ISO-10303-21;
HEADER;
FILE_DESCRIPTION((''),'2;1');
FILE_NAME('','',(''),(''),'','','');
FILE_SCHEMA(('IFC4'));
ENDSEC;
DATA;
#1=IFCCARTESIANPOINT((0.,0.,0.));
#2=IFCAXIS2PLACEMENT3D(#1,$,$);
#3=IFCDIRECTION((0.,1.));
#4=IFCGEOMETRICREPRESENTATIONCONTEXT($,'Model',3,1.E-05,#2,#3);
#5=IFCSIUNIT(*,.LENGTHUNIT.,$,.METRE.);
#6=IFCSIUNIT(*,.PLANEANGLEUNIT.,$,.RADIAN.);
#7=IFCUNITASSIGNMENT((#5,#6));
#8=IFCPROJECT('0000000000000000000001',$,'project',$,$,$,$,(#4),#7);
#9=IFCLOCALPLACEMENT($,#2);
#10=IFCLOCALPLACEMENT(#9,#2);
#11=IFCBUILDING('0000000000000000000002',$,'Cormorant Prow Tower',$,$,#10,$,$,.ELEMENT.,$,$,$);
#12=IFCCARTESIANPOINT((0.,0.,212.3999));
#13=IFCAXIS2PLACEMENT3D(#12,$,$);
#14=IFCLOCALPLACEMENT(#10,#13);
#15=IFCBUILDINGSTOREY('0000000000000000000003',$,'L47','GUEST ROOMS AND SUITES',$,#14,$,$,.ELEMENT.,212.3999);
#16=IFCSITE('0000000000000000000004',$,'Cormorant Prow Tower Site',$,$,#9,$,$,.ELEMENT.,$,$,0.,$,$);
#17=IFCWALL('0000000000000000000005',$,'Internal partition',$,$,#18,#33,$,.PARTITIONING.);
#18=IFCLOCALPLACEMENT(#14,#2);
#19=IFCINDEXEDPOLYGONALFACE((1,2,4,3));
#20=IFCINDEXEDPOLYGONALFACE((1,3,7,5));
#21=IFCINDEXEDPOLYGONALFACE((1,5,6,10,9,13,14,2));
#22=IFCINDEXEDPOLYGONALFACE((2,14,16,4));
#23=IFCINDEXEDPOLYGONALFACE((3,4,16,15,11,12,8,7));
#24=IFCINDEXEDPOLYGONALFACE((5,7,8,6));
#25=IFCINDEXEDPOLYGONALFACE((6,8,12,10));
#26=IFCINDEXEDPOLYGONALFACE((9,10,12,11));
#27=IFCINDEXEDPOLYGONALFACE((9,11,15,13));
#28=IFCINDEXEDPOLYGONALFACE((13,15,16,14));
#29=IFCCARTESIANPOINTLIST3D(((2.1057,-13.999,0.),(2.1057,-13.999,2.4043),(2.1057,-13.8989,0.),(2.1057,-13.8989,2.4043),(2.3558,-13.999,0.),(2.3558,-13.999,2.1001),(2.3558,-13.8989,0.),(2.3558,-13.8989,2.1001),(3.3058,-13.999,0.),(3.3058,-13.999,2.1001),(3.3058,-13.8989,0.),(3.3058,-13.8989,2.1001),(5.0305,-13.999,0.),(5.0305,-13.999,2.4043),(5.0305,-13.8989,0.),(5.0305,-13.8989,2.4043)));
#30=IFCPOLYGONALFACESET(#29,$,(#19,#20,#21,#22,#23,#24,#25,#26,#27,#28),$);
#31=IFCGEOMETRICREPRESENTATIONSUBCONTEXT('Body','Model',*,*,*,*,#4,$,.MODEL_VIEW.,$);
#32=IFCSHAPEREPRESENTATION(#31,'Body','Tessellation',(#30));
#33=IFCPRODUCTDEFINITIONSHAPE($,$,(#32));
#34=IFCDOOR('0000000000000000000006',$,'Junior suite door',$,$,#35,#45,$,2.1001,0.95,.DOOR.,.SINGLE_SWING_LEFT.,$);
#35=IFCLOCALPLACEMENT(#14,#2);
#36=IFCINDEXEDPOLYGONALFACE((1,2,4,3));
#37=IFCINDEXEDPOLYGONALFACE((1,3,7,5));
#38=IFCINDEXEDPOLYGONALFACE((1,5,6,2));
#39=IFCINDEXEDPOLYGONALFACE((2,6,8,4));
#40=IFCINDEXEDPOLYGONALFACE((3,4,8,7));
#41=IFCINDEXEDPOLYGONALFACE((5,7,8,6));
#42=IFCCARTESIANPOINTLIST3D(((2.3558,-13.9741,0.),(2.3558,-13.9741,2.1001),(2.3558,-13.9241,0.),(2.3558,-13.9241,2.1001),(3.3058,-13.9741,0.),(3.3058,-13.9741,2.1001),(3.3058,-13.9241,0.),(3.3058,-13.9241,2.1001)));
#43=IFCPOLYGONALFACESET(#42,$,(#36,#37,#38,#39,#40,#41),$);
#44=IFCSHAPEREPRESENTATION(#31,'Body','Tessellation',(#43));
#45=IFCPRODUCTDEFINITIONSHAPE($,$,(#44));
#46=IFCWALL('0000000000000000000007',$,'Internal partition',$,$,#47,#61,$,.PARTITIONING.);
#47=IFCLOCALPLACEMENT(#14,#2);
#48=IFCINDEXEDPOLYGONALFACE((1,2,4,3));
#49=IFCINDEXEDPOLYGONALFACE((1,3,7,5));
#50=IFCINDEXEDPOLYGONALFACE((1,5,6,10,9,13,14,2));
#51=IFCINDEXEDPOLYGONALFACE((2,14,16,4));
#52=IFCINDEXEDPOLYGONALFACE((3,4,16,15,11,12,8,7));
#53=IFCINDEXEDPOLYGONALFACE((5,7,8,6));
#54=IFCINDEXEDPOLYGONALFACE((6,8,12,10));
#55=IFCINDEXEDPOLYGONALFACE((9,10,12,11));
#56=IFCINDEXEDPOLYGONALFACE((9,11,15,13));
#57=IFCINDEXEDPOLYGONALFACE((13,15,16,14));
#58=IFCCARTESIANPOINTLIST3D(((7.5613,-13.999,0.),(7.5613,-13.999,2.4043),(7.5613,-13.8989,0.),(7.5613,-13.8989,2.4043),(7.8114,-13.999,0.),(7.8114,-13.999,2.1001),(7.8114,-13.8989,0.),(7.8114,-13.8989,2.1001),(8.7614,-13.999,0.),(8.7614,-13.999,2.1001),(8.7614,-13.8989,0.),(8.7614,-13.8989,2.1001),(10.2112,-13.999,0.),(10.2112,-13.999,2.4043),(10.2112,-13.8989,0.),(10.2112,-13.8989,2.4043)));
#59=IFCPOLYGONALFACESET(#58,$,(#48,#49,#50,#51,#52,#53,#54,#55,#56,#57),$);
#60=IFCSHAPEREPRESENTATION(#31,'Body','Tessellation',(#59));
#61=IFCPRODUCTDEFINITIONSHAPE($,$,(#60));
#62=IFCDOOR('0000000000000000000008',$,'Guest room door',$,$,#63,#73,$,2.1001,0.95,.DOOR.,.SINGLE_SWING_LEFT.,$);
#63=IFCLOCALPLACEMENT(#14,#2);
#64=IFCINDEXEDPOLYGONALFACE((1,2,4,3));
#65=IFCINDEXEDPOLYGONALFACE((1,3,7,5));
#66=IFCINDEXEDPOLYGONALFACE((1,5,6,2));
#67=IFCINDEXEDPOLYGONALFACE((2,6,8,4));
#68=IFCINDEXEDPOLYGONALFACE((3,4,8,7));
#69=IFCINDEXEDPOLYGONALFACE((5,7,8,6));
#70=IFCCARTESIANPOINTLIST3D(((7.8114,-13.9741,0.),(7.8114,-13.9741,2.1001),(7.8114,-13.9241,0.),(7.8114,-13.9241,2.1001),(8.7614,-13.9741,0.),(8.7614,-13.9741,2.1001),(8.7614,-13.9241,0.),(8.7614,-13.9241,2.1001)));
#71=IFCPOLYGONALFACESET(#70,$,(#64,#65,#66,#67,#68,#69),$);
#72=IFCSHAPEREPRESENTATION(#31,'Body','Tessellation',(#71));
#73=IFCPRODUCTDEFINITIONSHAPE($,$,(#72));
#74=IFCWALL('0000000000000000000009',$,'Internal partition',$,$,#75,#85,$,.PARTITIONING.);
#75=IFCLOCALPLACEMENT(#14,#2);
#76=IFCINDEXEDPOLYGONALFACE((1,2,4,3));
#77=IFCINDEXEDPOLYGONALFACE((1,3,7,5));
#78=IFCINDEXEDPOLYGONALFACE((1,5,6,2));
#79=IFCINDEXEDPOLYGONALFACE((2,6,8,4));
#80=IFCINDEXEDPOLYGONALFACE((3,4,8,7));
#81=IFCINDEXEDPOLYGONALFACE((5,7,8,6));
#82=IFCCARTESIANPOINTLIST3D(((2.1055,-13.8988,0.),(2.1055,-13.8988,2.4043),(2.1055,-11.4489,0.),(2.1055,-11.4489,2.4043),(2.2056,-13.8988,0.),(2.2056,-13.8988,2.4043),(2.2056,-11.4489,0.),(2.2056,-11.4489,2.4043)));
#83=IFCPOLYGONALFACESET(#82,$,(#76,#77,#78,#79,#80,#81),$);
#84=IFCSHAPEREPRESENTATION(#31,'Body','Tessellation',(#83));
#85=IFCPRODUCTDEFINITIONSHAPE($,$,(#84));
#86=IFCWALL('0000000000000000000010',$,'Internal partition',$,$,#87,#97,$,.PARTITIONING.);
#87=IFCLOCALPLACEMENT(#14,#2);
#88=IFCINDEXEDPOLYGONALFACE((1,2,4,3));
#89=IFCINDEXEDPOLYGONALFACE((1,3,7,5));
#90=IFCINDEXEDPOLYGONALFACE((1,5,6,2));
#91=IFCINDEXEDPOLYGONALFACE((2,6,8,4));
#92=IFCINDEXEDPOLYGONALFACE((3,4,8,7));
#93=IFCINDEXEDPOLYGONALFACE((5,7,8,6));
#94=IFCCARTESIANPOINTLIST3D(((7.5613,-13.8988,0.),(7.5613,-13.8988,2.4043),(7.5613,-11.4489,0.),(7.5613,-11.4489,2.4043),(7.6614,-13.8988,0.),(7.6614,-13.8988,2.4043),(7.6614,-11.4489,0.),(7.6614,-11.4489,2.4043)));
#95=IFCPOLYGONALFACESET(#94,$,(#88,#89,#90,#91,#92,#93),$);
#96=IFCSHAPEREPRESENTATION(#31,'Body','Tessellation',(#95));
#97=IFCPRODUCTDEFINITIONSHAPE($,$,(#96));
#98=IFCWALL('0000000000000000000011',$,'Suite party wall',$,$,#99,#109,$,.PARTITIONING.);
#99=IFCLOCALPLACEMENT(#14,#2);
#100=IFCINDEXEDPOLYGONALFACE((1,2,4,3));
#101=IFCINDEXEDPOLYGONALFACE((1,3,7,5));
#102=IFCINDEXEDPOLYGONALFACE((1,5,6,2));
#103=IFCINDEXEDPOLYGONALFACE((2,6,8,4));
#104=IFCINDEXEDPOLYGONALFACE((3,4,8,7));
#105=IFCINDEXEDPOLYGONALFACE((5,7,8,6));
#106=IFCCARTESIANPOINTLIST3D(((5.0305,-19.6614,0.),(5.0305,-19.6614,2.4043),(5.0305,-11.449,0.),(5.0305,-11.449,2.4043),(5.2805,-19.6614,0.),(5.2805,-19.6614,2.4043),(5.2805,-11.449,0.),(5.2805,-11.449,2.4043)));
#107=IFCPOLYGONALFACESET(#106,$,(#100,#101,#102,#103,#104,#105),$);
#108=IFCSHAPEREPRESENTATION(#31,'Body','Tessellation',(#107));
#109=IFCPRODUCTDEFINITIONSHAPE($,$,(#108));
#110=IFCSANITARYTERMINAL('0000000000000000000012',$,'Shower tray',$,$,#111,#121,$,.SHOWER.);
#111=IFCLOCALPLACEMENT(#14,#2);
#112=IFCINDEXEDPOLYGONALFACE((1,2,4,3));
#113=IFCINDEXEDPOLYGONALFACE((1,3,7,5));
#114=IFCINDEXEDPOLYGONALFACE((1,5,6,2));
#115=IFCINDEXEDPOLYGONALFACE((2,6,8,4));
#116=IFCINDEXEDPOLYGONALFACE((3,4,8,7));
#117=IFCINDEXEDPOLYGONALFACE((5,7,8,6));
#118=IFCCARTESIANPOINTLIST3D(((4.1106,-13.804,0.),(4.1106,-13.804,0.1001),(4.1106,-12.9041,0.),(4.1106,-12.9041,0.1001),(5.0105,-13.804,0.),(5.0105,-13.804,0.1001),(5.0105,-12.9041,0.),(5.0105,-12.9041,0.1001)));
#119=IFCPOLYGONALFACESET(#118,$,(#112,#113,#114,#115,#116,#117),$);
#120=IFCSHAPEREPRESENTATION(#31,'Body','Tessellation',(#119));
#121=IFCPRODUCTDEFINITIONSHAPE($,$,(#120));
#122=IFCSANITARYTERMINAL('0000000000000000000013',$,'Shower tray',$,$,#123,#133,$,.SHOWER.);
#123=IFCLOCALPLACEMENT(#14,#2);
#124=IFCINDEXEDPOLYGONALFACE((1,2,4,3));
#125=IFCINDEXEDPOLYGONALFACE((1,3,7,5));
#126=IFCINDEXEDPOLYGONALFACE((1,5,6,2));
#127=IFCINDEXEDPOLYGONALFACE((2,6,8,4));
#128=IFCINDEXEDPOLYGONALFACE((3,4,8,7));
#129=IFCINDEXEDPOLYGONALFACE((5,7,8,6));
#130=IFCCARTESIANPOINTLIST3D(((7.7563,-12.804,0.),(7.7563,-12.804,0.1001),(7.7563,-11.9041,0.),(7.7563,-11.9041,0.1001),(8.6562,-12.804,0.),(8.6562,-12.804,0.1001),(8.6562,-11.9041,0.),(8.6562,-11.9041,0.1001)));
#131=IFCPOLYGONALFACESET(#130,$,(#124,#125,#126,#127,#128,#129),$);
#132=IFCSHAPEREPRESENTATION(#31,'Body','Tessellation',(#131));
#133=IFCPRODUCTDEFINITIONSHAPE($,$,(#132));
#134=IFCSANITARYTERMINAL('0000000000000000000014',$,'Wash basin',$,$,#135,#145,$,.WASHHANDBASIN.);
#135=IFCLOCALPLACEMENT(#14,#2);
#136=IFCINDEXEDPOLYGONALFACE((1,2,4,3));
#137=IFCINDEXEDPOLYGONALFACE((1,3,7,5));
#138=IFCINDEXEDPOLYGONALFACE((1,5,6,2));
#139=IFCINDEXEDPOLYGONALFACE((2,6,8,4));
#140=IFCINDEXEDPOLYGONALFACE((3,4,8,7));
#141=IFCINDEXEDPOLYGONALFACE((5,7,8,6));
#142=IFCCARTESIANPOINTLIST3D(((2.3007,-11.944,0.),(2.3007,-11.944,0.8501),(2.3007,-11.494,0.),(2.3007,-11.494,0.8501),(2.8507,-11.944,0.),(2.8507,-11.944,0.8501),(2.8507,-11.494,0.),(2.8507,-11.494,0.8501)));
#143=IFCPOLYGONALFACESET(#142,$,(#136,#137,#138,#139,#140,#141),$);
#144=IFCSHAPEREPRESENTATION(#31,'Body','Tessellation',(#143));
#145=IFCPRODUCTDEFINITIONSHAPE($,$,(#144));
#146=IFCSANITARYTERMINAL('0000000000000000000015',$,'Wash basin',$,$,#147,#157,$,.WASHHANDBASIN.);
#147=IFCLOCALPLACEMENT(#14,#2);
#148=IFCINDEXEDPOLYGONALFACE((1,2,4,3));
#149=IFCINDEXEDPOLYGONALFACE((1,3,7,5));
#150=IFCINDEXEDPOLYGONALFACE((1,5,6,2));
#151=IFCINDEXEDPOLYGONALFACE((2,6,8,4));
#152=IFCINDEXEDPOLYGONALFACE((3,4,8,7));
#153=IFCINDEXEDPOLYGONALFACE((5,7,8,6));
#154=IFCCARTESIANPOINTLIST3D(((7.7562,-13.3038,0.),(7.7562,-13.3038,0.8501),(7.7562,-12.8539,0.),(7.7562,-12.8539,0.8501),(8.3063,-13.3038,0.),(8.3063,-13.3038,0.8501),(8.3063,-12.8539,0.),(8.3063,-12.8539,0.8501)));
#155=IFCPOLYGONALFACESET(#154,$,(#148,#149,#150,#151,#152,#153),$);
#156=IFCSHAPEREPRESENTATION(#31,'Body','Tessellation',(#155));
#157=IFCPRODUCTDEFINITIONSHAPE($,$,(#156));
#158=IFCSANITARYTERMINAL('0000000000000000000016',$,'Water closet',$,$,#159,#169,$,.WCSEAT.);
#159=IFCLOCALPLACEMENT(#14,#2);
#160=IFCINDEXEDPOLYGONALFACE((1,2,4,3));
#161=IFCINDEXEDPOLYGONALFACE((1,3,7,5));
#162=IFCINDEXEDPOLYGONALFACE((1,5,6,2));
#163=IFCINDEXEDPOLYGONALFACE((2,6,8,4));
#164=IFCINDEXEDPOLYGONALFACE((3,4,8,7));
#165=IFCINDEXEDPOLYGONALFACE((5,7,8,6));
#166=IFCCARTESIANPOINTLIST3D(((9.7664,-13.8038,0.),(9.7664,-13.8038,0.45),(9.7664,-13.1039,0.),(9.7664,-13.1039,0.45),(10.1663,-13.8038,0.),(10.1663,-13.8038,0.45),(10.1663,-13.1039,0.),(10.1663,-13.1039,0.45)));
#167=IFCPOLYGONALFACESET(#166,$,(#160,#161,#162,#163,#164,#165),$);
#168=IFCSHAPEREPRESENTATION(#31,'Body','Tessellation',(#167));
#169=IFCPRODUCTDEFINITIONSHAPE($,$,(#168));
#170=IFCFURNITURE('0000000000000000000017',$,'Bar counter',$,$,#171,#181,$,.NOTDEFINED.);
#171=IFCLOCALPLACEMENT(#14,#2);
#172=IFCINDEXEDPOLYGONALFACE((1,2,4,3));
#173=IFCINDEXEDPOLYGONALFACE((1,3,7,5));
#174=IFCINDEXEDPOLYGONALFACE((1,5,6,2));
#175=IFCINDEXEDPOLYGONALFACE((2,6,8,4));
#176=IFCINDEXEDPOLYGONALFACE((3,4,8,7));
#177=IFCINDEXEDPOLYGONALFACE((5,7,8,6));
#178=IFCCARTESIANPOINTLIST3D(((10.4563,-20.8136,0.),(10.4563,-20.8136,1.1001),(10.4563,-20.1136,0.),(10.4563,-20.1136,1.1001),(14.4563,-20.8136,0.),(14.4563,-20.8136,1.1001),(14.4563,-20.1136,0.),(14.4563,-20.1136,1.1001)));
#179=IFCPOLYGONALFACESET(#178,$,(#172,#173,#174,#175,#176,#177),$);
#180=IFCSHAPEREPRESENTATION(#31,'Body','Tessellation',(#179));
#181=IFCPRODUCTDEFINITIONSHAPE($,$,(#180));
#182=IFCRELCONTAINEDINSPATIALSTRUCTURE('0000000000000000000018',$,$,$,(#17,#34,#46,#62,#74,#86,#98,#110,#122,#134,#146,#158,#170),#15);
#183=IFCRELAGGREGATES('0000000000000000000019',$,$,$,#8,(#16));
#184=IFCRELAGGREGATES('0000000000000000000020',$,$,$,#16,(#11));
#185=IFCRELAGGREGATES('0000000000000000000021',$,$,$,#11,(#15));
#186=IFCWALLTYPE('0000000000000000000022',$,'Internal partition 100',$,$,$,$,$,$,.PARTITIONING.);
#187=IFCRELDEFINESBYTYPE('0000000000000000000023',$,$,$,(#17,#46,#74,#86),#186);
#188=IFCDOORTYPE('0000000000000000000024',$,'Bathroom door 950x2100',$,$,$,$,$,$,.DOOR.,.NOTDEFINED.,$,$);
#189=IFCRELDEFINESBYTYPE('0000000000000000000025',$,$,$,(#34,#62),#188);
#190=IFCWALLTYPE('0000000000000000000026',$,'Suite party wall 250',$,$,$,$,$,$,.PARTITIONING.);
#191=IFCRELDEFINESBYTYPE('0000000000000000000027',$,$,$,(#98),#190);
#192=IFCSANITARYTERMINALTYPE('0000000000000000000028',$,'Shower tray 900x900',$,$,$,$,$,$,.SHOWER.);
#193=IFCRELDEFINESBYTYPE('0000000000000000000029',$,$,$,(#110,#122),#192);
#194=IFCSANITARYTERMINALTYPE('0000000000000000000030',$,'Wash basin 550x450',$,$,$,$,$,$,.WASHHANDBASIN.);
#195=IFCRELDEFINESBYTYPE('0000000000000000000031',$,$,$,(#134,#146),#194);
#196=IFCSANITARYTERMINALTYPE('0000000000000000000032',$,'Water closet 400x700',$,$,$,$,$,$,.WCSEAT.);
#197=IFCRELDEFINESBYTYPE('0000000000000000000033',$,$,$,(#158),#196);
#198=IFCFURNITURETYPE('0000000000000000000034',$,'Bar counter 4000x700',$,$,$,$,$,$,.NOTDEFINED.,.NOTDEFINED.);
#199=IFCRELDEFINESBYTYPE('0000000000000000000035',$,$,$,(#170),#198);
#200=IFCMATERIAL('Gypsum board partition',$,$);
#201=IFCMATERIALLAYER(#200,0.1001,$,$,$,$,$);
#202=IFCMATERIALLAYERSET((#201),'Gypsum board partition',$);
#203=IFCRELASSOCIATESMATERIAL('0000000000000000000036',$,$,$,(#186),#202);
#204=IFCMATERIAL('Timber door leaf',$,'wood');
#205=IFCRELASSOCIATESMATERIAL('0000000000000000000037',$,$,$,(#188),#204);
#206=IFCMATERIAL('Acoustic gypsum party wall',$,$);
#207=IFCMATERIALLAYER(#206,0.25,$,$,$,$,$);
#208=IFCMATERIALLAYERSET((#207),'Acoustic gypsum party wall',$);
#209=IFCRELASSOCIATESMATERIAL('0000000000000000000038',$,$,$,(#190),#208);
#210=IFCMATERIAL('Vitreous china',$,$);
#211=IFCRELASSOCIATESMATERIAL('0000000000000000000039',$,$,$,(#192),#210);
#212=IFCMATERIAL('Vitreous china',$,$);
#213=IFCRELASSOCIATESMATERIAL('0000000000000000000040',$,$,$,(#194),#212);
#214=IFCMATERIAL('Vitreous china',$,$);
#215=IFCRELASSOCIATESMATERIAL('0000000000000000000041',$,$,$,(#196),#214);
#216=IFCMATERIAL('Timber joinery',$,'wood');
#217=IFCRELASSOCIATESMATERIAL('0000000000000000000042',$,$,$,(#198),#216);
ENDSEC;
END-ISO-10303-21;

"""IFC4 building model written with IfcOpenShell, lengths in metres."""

from ifc_helpers import new_model, si_unit, direction, frame, frame_2d, origin, origin_2d, place, context, subcontext, project, spatial, rectangle, extrude, material, layer, layer_set, type_object, element, fill, save


model = new_model("IFC4")

# Units and contexts
model_context = context("Model", 3, precision=1e-05, world=origin(), true_north=direction((0.0, 1.0)))
body_context = subcontext(model_context, "Body", "Model", "MODEL_VIEW")
ifc_project = project(units=[si_unit("LENGTHUNIT", "METRE"), si_unit("PLANEANGLEUNIT", "RADIAN")], contexts=[model_context])

# Site, building, storey
site_placement = place(None, origin())
site = spatial("IfcSite", under=ifc_project, at=site_placement, Name="Cormorant Prow Tower Site", CompositionType="ELEMENT", RefElevation=0.0)
building_placement = place(site_placement, origin())
building = spatial("IfcBuilding", under=site, at=building_placement, Name="Cormorant Prow Tower", CompositionType="ELEMENT")
storey_placement = place(building_placement, frame((0.0, 0.0, 212.3999)))
storey = spatial("IfcBuildingStorey", under=building, at=storey_placement, Name="L47", Description="GUEST ROOMS AND SUITES", CompositionType="ELEMENT", Elevation=212.3999)

# Walls, openings, doors
ifc_material_1 = material(Name="Gypsum board partition")
ifc_layer_1 = layer(ifc_material_1, 0.1001)
ifc_layer_set_1 = layer_set([ifc_layer_1], Name="Gypsum board partition")
wall_type_1 = type_object("IfcWallType", Name="Internal partition 100", PredefinedType="PARTITIONING", material=ifc_layer_set_1)
wall_1_placement = place(storey_placement, frame((2.1057, -13.949, 0.0), z_axis=(0.0, 0.0, 1.0), x_axis=(1.0, 0.0, 0.0)))
wall_1 = element("IfcWall", 1, at=wall_1_placement, inside=storey, type_object=wall_type_1, Name="Internal partition", PredefinedType="PARTITIONING", context=body_context, shape_type="SweptSolid", body=[
    extrude(rectangle(XDim=2.9248, YDim=0.1001, at=frame_2d((1.4624, 0.0))), origin(), (0.0, 0.0, 1.0), 2.4043),
])
opening_1_placement = place(wall_1_placement, frame((0.25, 0.0, 0.0)))
opening_1 = element("IfcOpeningElement", 2, at=opening_1_placement, cuts=wall_1, PredefinedType="OPENING", context=body_context, shape_type="SweptSolid", body=[
    extrude(rectangle(XDim=0.95, YDim=2.1001, at=frame_2d((0.4751, 1.05))), frame((0.0, 0.0601, 0.0), z_axis=(0.0, -1.0, 0.0), x_axis=(1.0, 0.0, 0.0)), (0.0, 0.0, 1.0), 0.1201),
])
ifc_material_2 = material(Name="Timber door leaf", Category="wood")
door_type_1 = type_object("IfcDoorType", Name="Bathroom door 950x2100", OperationType="NOTDEFINED", PredefinedType="DOOR", material=ifc_material_2)
door_1_placement = place(opening_1_placement, origin())
door_1 = element("IfcDoor", 3, at=door_1_placement, inside=storey, type_object=door_type_1, Name="Junior suite door", OperationType="SINGLE_SWING_LEFT", OverallHeight=2.1001, OverallWidth=0.95, PredefinedType="DOOR", context=body_context, shape_type="SweptSolid", body=[
    extrude(rectangle(XDim=0.95, YDim=2.1001, at=frame_2d((0.4751, 1.05))), frame((0.0, 0.0249, 0.0), z_axis=(0.0, -1.0, 0.0), x_axis=(1.0, 0.0, 0.0)), (0.0, 0.0, 1.0), 0.05),
])
fill(opening_1, door_1)
wall_2_placement = place(storey_placement, frame((7.5613, -13.949, 0.0), z_axis=(0.0, 0.0, 1.0), x_axis=(1.0, 0.0, 0.0)))
wall_2 = element("IfcWall", 4, at=wall_2_placement, inside=storey, type_object=wall_type_1, Name="Internal partition", PredefinedType="PARTITIONING", context=body_context, shape_type="SweptSolid", body=[
    extrude(rectangle(XDim=2.6499, YDim=0.1001, at=frame_2d((1.325, 0.0))), origin(), (0.0, 0.0, 1.0), 2.4043),
])
opening_2_placement = place(wall_2_placement, frame((0.25, 0.0, 0.0)))
opening_2 = element("IfcOpeningElement", 5, at=opening_2_placement, cuts=wall_2, PredefinedType="OPENING", context=body_context, shape_type="SweptSolid", body=[
    extrude(rectangle(XDim=0.95, YDim=2.1001, at=frame_2d((0.4751, 1.05))), frame((0.0, 0.0601, 0.0), z_axis=(0.0, -1.0, 0.0), x_axis=(1.0, 0.0, 0.0)), (0.0, 0.0, 1.0), 0.1201),
])
door_2_placement = place(opening_2_placement, origin())
door_2 = element("IfcDoor", 6, at=door_2_placement, inside=storey, type_object=door_type_1, Name="Guest room door", OperationType="SINGLE_SWING_LEFT", OverallHeight=2.1001, OverallWidth=0.95, PredefinedType="DOOR", context=body_context, shape_type="SweptSolid", body=[
    extrude(rectangle(XDim=0.95, YDim=2.1001, at=frame_2d((0.4751, 1.05))), frame((0.0, 0.0249, 0.0), z_axis=(0.0, -1.0, 0.0), x_axis=(1.0, 0.0, 0.0)), (0.0, 0.0, 1.0), 0.05),
])
fill(opening_2, door_2)

# Walls
for number, where, z_axis, x_axis, name in (
    (7, (2.1555, -13.8989, 0.0), (0.0, 0.0, 1.0), (0.0, 1.0, 0.0), "Internal partition"),
    (8, (7.6113, -13.8989, 0.0), (0.0, 0.0, 1.0), (0.0, 1.0, 0.0), "Internal partition"),
):
    element("IfcWall", number, at=place(storey_placement, frame(where, z_axis=z_axis, x_axis=x_axis)), inside=storey, type_object=wall_type_1, Name=name, PredefinedType="PARTITIONING", context=body_context, shape_type="SweptSolid", body=[
        extrude(rectangle(XDim=2.45, YDim=0.1001, at=frame_2d((1.2251, 0.0))), origin(), (0.0, 0.0, 1.0), 2.4043),
    ])
ifc_material_3 = material(Name="Acoustic gypsum party wall")
ifc_layer_2 = layer(ifc_material_3, 0.25)
ifc_layer_set_2 = layer_set([ifc_layer_2], Name="Acoustic gypsum party wall")
wall_type_2 = type_object("IfcWallType", Name="Suite party wall 250", PredefinedType="PARTITIONING", material=ifc_layer_set_2)
wall_3_placement = place(storey_placement, frame((5.1555, -19.6614, 0.0), z_axis=(0.0, 0.0, 1.0), x_axis=(0.0, 1.0, 0.0)))
element("IfcWall", 9, at=wall_3_placement, inside=storey, type_object=wall_type_2, Name="Suite party wall", PredefinedType="PARTITIONING", context=body_context, shape_type="SweptSolid", body=[
    extrude(rectangle(XDim=8.2124, YDim=0.25, at=frame_2d((4.1062, 0.0))), origin(), (0.0, 0.0, 1.0), 2.4043),
])

# Sanitary terminals
ifc_material_4 = material(Name="Vitreous china")
sanitary_terminal_type_1 = type_object("IfcSanitaryTerminalType", Name="Shower tray 900x900", PredefinedType="SHOWER", material=ifc_material_4)
for number, where, z_axis, x_axis, name in (
    (10, (4.5605, -13.354, 0.0), (0.0, 0.0, 1.0), (-1.0, 0.0, 0.0), "Shower tray"),
    (11, (8.2063, -12.354, 0.0), (0.0, 0.0, 1.0), (1.0, 0.0, 0.0), "Shower tray"),
):
    element("IfcSanitaryTerminal", number, at=place(storey_placement, frame(where, z_axis=z_axis, x_axis=x_axis)), inside=storey, type_object=sanitary_terminal_type_1, Name=name, PredefinedType="SHOWER", context=body_context, shape_type="SweptSolid", body=[
        extrude(rectangle(XDim=0.8999, YDim=0.8999, at=origin_2d()), origin(), (0.0, 0.0, 1.0), 0.1001),
    ])
ifc_material_5 = material(Name="Vitreous china")
sanitary_terminal_type_2 = type_object("IfcSanitaryTerminalType", Name="Wash basin 550x450", PredefinedType="WASHHANDBASIN", material=ifc_material_5)
for number, where, z_axis, x_axis, name in (
    (12, (2.5757, -11.719, 0.0), (0.0, 0.0, 1.0), (1.0, 0.0, 0.0), "Wash basin"),
    (13, (8.0312, -13.0789, 0.0), (0.0, 0.0, 1.0), (1.0, 0.0, 0.0), "Wash basin"),
):
    element("IfcSanitaryTerminal", number, at=place(storey_placement, frame(where, z_axis=z_axis, x_axis=x_axis)), inside=storey, type_object=sanitary_terminal_type_2, Name=name, PredefinedType="WASHHANDBASIN", context=body_context, shape_type="SweptSolid", body=[
        extrude(rectangle(XDim=0.55, YDim=0.45, at=origin_2d()), origin(), (0.0, 0.0, 1.0), 0.8501),
    ])
ifc_material_6 = material(Name="Vitreous china")
sanitary_terminal_type_3 = type_object("IfcSanitaryTerminalType", Name="Water closet 400x700", PredefinedType="WCSEAT", material=ifc_material_6)
sanitary_terminal_placement = place(storey_placement, frame((9.9663, -13.4539, 0.0), z_axis=(0.0, 0.0, 1.0), x_axis=(-1.0, 0.0, 0.0)))
element("IfcSanitaryTerminal", 14, at=sanitary_terminal_placement, inside=storey, type_object=sanitary_terminal_type_3, Name="Water closet", PredefinedType="WCSEAT", context=body_context, shape_type="SweptSolid", body=[
    extrude(rectangle(XDim=0.3999, YDim=0.7, at=origin_2d()), origin(), (0.0, 0.0, 1.0), 0.45),
])

# Furniture
ifc_material_7 = material(Name="Timber joinery", Category="wood")
furniture_type = type_object("IfcFurnitureType", Name="Bar counter 4000x700", AssemblyPlace="NOTDEFINED", PredefinedType="NOTDEFINED", material=ifc_material_7)
furniture_placement = place(storey_placement, frame((12.4563, -20.4636, 0.0), z_axis=(0.0, 0.0, 1.0), x_axis=(1.0, 0.0, 0.0)))
element("IfcFurniture", 15, at=furniture_placement, inside=storey, type_object=furniture_type, Name="Bar counter", PredefinedType="NOTDEFINED", context=body_context, shape_type="SweptSolid", body=[
    extrude(rectangle(XDim=4.0, YDim=0.7, at=origin_2d()), origin(), (0.0, 0.0, 1.0), 1.1001),
])

save(model, "model.ifc")
